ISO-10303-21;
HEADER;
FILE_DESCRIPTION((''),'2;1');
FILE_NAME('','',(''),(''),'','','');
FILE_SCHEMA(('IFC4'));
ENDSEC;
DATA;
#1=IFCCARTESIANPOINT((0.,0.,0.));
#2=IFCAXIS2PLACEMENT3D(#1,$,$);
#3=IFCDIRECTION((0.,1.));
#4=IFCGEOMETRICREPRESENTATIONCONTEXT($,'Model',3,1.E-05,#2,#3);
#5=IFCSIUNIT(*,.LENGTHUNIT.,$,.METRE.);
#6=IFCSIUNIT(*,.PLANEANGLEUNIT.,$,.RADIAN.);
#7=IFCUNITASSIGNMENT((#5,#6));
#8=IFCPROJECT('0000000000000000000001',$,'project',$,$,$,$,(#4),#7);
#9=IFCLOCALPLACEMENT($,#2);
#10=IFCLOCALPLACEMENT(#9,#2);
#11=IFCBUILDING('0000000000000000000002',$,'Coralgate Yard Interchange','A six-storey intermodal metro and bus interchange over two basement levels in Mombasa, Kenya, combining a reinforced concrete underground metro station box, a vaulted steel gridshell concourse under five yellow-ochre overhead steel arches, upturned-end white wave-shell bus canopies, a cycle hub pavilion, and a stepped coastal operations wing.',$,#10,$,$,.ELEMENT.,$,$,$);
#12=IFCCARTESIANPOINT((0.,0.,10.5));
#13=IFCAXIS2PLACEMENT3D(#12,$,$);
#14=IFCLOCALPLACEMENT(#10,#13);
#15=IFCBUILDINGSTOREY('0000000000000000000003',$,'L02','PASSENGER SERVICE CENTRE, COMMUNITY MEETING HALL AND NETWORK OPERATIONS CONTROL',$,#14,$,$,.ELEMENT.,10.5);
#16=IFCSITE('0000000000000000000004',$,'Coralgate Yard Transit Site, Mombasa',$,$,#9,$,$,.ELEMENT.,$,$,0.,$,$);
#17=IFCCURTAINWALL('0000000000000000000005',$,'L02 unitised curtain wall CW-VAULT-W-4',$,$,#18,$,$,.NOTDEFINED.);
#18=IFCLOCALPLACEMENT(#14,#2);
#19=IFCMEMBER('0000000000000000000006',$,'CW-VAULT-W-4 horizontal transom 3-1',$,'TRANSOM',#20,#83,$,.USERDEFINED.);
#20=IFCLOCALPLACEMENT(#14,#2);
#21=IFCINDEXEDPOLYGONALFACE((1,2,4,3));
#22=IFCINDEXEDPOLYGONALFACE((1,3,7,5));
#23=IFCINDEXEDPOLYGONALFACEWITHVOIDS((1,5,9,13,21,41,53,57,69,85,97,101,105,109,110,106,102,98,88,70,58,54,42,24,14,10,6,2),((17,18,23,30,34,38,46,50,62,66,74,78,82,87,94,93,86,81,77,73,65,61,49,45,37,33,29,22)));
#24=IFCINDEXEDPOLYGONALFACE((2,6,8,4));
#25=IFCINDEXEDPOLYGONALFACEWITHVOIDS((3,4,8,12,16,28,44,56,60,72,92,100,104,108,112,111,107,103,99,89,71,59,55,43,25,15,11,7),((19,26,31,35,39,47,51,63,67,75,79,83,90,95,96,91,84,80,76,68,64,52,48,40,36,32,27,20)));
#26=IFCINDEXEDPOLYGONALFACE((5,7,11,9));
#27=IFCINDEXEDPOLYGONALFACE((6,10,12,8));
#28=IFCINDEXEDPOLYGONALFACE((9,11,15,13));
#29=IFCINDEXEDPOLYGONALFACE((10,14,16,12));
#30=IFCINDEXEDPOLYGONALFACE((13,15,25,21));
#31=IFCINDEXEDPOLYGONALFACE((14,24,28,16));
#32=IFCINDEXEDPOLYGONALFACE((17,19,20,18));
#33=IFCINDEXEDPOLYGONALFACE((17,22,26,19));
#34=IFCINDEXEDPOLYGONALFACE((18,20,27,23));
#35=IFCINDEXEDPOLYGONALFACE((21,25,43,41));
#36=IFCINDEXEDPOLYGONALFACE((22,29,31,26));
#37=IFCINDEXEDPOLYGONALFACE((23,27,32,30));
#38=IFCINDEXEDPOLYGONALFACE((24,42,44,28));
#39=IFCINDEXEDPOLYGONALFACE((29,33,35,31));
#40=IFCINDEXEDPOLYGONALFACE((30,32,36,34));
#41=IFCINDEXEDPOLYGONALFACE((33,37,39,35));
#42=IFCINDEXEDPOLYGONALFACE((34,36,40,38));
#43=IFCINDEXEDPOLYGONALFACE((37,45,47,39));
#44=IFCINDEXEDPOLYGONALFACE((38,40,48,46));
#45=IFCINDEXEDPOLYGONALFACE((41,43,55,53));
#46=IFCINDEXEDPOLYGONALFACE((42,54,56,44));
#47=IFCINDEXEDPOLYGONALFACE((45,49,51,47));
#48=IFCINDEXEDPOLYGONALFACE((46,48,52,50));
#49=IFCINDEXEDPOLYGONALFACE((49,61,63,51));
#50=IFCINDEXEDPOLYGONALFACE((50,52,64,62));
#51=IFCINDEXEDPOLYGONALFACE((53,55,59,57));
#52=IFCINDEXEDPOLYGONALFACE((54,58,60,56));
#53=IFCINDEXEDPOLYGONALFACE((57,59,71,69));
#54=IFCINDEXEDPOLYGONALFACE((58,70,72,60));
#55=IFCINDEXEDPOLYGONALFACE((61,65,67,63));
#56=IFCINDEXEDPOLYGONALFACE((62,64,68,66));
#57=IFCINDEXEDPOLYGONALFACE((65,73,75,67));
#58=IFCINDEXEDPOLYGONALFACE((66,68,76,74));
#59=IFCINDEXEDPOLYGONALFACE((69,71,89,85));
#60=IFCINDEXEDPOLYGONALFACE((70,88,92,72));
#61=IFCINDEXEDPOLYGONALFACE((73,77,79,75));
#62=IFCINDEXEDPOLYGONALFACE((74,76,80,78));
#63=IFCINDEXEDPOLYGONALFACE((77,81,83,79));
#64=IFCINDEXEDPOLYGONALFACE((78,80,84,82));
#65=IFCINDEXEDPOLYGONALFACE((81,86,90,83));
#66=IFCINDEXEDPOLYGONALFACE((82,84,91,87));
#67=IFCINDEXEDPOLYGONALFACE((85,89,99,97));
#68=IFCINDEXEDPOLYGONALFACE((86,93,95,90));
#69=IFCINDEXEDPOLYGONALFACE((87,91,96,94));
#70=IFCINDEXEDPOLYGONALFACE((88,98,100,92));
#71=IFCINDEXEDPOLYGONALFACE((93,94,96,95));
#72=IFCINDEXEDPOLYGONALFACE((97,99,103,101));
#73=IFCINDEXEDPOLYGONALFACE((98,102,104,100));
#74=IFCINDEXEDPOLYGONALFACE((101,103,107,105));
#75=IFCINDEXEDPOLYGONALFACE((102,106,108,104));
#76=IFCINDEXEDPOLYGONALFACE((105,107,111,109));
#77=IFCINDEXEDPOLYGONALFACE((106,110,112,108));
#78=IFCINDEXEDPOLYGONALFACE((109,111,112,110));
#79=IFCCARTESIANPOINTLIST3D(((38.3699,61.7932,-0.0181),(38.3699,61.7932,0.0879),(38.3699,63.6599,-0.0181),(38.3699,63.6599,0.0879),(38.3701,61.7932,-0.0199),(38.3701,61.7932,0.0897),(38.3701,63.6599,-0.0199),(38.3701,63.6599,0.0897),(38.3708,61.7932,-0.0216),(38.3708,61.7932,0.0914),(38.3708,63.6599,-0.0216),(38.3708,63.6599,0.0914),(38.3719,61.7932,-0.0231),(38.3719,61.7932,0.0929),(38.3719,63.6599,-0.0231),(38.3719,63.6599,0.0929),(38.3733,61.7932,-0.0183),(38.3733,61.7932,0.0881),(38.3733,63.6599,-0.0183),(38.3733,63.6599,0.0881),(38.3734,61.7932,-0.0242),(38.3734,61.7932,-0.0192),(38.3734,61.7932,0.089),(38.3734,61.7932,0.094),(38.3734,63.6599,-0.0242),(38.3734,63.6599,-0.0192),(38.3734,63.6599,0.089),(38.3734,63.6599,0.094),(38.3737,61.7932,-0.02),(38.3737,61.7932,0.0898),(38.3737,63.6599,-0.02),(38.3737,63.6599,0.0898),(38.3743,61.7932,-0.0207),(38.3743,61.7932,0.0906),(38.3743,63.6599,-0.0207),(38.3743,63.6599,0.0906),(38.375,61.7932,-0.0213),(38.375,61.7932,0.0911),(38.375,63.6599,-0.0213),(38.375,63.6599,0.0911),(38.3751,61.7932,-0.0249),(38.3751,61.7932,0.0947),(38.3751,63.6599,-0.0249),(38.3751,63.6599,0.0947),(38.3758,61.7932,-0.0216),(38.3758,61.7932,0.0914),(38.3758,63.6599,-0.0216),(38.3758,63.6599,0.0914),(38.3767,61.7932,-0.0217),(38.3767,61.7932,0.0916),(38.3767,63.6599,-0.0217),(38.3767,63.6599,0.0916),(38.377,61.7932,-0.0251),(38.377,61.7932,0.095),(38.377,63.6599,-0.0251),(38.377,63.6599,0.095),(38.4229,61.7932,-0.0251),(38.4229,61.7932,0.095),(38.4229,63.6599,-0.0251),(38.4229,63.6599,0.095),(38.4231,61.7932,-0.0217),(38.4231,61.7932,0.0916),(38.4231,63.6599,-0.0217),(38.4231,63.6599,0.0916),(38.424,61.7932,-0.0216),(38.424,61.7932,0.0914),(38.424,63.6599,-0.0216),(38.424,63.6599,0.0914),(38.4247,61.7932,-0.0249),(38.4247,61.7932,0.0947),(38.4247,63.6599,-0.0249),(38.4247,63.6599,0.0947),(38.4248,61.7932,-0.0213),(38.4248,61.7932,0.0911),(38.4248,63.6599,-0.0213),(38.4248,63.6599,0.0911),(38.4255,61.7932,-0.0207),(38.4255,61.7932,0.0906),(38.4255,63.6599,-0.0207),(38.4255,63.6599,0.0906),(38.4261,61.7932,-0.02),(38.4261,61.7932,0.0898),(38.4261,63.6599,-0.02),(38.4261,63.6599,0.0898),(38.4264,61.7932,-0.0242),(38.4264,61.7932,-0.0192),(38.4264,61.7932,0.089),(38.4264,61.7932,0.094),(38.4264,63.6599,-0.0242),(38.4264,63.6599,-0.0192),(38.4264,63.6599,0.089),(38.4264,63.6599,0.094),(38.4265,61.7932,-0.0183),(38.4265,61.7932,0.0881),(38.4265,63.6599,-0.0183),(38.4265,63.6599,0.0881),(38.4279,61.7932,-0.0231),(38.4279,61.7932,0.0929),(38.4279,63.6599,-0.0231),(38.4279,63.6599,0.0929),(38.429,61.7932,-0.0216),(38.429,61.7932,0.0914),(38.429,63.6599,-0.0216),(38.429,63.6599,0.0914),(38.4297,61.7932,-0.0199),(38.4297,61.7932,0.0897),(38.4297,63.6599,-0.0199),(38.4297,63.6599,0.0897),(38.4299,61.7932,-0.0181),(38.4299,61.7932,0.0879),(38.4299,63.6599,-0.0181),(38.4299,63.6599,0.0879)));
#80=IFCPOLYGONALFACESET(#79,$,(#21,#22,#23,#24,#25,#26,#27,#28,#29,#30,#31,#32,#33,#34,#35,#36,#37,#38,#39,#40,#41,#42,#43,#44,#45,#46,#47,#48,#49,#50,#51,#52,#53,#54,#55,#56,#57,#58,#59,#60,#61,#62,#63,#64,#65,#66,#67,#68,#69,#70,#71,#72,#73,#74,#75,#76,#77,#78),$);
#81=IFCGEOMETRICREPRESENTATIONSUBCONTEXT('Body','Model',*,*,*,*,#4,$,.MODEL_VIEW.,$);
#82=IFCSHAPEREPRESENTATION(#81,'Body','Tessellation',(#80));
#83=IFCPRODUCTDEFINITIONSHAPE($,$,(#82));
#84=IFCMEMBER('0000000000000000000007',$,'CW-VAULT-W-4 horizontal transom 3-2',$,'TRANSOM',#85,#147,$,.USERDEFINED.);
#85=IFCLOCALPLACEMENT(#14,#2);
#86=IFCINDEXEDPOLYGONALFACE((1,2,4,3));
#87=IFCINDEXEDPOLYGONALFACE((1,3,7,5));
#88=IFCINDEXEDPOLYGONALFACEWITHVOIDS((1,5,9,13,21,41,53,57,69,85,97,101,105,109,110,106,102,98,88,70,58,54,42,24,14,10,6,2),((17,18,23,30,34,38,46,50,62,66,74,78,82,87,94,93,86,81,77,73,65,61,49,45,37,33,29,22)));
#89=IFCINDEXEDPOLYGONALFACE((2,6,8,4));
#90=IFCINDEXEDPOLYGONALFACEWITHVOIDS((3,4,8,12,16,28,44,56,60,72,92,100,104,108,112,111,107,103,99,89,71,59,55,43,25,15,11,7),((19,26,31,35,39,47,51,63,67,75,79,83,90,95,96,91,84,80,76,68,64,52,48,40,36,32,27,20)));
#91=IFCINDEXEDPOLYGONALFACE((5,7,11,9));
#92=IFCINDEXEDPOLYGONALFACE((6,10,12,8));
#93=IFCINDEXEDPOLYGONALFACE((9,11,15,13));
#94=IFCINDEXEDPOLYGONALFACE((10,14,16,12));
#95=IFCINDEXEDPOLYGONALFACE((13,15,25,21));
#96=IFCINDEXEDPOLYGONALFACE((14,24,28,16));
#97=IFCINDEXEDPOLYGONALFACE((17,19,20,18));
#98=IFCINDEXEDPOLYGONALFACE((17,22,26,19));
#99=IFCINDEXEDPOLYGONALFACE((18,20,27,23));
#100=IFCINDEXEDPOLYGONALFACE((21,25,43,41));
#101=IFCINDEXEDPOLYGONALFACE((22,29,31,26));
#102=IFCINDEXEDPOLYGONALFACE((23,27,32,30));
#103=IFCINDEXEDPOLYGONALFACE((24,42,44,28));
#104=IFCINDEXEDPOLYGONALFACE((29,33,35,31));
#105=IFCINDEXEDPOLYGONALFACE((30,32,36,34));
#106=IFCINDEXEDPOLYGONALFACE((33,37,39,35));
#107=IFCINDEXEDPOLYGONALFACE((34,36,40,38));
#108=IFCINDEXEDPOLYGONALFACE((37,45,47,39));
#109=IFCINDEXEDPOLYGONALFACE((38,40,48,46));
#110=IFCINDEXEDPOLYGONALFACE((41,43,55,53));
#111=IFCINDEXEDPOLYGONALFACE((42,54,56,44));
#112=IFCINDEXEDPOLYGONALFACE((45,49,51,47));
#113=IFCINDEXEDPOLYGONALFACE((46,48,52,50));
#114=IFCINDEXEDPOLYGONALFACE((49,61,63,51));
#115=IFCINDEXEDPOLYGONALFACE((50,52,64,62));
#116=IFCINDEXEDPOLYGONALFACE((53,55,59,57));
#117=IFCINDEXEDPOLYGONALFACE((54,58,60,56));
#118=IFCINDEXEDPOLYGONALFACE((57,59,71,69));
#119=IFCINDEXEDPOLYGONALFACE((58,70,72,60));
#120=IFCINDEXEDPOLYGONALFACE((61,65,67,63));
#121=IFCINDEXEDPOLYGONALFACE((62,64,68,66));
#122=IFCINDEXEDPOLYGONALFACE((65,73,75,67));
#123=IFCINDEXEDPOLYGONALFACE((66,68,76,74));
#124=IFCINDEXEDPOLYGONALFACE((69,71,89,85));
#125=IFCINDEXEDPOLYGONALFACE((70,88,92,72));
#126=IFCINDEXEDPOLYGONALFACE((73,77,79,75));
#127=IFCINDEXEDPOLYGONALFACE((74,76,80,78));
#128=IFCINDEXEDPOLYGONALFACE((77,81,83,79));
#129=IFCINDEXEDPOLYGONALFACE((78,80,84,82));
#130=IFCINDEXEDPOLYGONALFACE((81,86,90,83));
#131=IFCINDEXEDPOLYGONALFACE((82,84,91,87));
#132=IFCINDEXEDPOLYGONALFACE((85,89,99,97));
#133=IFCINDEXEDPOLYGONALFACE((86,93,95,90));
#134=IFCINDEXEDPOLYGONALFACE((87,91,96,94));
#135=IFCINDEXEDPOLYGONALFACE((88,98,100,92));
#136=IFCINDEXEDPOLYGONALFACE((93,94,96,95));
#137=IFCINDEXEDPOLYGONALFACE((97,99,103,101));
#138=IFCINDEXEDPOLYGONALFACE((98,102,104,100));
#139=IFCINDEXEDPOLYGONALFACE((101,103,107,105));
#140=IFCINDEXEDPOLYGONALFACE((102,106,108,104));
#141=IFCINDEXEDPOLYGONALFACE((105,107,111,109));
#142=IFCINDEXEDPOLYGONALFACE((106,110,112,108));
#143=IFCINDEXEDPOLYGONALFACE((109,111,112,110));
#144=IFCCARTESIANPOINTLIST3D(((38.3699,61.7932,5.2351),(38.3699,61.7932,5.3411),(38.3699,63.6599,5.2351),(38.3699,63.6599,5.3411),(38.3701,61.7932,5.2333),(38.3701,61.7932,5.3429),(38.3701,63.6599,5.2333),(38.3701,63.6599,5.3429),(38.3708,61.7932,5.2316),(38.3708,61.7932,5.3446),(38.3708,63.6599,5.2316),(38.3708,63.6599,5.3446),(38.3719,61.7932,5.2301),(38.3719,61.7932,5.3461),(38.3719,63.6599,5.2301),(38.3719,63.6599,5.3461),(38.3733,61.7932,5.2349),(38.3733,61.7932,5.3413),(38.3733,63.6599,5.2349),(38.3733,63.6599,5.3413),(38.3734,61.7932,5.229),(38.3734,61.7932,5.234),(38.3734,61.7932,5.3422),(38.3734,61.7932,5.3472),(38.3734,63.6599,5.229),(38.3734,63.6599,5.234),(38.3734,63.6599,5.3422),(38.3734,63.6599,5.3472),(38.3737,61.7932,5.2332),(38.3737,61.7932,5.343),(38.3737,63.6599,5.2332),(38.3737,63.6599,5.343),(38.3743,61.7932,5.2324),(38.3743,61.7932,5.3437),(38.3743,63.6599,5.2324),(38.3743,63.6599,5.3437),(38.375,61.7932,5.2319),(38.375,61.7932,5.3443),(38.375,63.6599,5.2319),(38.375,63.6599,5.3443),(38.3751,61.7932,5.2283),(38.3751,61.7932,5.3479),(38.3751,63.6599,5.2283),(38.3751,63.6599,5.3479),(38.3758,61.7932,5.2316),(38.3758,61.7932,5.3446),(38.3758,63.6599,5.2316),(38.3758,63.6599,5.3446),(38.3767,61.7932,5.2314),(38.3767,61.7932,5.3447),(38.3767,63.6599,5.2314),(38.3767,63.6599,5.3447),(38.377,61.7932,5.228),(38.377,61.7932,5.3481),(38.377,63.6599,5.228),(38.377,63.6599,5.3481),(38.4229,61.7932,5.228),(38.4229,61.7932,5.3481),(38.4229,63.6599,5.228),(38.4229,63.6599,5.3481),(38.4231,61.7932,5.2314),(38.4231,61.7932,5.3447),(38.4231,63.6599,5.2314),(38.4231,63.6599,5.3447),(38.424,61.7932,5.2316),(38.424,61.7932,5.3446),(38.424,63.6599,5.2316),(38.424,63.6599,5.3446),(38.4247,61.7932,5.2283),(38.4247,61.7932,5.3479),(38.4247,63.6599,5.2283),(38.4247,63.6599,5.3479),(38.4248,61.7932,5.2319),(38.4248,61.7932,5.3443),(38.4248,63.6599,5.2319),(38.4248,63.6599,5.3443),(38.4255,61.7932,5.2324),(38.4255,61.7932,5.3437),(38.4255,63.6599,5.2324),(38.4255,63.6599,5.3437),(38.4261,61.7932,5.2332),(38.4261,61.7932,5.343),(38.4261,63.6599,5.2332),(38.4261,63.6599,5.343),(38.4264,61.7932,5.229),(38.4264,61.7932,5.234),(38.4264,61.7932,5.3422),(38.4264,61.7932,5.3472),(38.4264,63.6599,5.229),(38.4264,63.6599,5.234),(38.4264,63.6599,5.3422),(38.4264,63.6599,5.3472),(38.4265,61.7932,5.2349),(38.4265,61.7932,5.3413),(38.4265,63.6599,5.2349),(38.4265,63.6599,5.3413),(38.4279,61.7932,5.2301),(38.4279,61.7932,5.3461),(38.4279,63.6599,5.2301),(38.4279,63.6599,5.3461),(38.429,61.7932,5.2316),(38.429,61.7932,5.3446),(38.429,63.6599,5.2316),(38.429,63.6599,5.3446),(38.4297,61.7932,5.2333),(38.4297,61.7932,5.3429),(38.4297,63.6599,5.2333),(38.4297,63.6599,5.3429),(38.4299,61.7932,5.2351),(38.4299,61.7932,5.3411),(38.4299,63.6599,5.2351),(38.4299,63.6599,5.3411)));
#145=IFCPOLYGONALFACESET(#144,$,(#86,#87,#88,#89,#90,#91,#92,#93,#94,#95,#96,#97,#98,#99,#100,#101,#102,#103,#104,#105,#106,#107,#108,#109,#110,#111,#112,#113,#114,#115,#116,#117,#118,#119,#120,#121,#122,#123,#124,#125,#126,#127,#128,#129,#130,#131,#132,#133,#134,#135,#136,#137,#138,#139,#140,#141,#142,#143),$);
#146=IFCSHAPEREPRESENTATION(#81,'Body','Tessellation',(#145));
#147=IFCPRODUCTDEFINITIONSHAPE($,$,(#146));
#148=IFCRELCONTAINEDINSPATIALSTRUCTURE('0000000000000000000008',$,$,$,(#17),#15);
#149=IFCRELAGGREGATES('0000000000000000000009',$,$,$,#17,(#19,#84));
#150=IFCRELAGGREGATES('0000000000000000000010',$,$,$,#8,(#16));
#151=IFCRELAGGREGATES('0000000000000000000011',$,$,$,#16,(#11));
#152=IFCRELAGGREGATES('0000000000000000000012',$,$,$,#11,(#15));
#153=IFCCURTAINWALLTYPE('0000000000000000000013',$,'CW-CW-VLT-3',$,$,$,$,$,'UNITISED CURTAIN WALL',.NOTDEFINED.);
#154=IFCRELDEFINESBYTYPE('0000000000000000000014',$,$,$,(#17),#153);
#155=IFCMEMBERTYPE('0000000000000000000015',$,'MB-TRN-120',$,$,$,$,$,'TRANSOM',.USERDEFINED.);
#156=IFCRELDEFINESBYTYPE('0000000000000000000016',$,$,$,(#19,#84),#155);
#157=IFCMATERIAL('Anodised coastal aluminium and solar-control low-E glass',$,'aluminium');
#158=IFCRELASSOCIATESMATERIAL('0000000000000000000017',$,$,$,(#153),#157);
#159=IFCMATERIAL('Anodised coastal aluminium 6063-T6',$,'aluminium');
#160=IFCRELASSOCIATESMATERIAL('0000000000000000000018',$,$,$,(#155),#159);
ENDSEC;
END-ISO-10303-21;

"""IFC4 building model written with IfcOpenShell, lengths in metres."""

from ifc_helpers import new_model, si_unit, direction, frame, origin, origin_2d, place, context, subcontext, project, spatial, hollow_rectangle, extrude, material, material_profile, profile_set, type_object, element, aggregate, save


model = new_model("IFC4")

# Units and contexts
model_context = context("Model", 3, precision=1e-05, world=origin(), true_north=direction((0.0, 1.0)))
body_context = subcontext(model_context, "Body", "Model", "MODEL_VIEW")
ifc_project = project(units=[si_unit("LENGTHUNIT", "METRE"), si_unit("PLANEANGLEUNIT", "RADIAN")], contexts=[model_context])

# Site, building, storey
site_placement = place(None, origin())
site = spatial("IfcSite", under=ifc_project, at=site_placement, Name="Coralgate Yard Transit Site, Mombasa", CompositionType="ELEMENT", RefElevation=0.0)
building_placement = place(site_placement, origin())
building = spatial("IfcBuilding", under=site, at=building_placement, Name="Coralgate Yard Interchange", Description="A six-storey intermodal metro and bus interchange over two basement levels in Mombasa, Kenya, combining a reinforced concrete underground metro station box, a vaulted steel gridshell concourse under five yellow-ochre overhead steel arches, upturned-end white wave-shell bus canopies, a cycle hub pavilion, and a stepped coastal operations wing.", CompositionType="ELEMENT")
storey_placement = place(building_placement, frame((0.0, 0.0, 10.5)))
storey = spatial("IfcBuildingStorey", under=building, at=storey_placement, Name="L02", Description="PASSENGER SERVICE CENTRE, COMMUNITY MEETING HALL AND NETWORK OPERATIONS CONTROL", CompositionType="ELEMENT", Elevation=10.5)

# Curtain wall
ifc_material_1 = material(Name="Anodised coastal aluminium and solar-control low-E glass", Category="aluminium")
curtain_wall_type_1 = type_object("IfcCurtainWallType", Name="CW-CW-VLT-3", ElementType="UNITISED CURTAIN WALL", PredefinedType="NOTDEFINED", material=ifc_material_1)
curtain_wall_1_placement = place(storey_placement, origin())
curtain_wall_1 = element("IfcCurtainWall", 1, at=curtain_wall_1_placement, inside=storey, type_object=curtain_wall_type_1, Name="L02 unitised curtain wall CW-VAULT-W-4", PredefinedType="NOTDEFINED")
ifc_material_2 = material(Name="Anodised coastal aluminium 6063-T6", Category="aluminium")

# Members
ifc_material_profile_1 = material_profile(ifc_material_2, hollow_rectangle(XDim=0.0601, YDim=0.1201, WallThickness=0.0034, InnerFilletRadius=0.0034, OuterFilletRadius=0.0071, at=origin_2d()), Name="ALU 60x120x3.5")
ifc_profile_set_1 = profile_set([ifc_material_profile_1], Name="Anodised coastal aluminium 6063-T6")
member_type_1 = type_object("IfcMemberType", Name="MB-TRN-120", ElementType="TRANSOM", PredefinedType="USERDEFINED", material=ifc_profile_set_1)
member_1_placement = place(storey_placement, frame((38.3999, 61.7932, 0.0349), z_axis=(0.0, 1.0, 0.0), x_axis=(-1.0, 0.0, 0.0)))
member_1 = element("IfcMember", 2, at=member_1_placement, type_object=member_type_1, Name="CW-VAULT-W-4 horizontal transom 3-1", ObjectType="TRANSOM", PredefinedType="USERDEFINED", context=body_context, shape_type="SweptSolid", body=[
    extrude(hollow_rectangle(XDim=0.0601, YDim=0.1201, WallThickness=0.0034, InnerFilletRadius=0.0034, OuterFilletRadius=0.0071, at=origin_2d()), origin(), (0.0, 0.0, 1.0), 1.8667),
])
member_2_placement = place(storey_placement, frame((38.3999, 61.7932, 5.2881), z_axis=(0.0, 1.0, 0.0), x_axis=(-1.0, 0.0, 0.0)))
member_2 = element("IfcMember", 3, at=member_2_placement, type_object=member_type_1, Name="CW-VAULT-W-4 horizontal transom 3-2", ObjectType="TRANSOM", PredefinedType="USERDEFINED", context=body_context, shape_type="SweptSolid", body=[
    extrude(hollow_rectangle(XDim=0.0601, YDim=0.1201, WallThickness=0.0034, InnerFilletRadius=0.0034, OuterFilletRadius=0.0071, at=origin_2d()), origin(), (0.0, 0.0, 1.0), 1.8667),
])

aggregate(curtain_wall_1, [member_1, member_2])

save(model, "model.ifc")
